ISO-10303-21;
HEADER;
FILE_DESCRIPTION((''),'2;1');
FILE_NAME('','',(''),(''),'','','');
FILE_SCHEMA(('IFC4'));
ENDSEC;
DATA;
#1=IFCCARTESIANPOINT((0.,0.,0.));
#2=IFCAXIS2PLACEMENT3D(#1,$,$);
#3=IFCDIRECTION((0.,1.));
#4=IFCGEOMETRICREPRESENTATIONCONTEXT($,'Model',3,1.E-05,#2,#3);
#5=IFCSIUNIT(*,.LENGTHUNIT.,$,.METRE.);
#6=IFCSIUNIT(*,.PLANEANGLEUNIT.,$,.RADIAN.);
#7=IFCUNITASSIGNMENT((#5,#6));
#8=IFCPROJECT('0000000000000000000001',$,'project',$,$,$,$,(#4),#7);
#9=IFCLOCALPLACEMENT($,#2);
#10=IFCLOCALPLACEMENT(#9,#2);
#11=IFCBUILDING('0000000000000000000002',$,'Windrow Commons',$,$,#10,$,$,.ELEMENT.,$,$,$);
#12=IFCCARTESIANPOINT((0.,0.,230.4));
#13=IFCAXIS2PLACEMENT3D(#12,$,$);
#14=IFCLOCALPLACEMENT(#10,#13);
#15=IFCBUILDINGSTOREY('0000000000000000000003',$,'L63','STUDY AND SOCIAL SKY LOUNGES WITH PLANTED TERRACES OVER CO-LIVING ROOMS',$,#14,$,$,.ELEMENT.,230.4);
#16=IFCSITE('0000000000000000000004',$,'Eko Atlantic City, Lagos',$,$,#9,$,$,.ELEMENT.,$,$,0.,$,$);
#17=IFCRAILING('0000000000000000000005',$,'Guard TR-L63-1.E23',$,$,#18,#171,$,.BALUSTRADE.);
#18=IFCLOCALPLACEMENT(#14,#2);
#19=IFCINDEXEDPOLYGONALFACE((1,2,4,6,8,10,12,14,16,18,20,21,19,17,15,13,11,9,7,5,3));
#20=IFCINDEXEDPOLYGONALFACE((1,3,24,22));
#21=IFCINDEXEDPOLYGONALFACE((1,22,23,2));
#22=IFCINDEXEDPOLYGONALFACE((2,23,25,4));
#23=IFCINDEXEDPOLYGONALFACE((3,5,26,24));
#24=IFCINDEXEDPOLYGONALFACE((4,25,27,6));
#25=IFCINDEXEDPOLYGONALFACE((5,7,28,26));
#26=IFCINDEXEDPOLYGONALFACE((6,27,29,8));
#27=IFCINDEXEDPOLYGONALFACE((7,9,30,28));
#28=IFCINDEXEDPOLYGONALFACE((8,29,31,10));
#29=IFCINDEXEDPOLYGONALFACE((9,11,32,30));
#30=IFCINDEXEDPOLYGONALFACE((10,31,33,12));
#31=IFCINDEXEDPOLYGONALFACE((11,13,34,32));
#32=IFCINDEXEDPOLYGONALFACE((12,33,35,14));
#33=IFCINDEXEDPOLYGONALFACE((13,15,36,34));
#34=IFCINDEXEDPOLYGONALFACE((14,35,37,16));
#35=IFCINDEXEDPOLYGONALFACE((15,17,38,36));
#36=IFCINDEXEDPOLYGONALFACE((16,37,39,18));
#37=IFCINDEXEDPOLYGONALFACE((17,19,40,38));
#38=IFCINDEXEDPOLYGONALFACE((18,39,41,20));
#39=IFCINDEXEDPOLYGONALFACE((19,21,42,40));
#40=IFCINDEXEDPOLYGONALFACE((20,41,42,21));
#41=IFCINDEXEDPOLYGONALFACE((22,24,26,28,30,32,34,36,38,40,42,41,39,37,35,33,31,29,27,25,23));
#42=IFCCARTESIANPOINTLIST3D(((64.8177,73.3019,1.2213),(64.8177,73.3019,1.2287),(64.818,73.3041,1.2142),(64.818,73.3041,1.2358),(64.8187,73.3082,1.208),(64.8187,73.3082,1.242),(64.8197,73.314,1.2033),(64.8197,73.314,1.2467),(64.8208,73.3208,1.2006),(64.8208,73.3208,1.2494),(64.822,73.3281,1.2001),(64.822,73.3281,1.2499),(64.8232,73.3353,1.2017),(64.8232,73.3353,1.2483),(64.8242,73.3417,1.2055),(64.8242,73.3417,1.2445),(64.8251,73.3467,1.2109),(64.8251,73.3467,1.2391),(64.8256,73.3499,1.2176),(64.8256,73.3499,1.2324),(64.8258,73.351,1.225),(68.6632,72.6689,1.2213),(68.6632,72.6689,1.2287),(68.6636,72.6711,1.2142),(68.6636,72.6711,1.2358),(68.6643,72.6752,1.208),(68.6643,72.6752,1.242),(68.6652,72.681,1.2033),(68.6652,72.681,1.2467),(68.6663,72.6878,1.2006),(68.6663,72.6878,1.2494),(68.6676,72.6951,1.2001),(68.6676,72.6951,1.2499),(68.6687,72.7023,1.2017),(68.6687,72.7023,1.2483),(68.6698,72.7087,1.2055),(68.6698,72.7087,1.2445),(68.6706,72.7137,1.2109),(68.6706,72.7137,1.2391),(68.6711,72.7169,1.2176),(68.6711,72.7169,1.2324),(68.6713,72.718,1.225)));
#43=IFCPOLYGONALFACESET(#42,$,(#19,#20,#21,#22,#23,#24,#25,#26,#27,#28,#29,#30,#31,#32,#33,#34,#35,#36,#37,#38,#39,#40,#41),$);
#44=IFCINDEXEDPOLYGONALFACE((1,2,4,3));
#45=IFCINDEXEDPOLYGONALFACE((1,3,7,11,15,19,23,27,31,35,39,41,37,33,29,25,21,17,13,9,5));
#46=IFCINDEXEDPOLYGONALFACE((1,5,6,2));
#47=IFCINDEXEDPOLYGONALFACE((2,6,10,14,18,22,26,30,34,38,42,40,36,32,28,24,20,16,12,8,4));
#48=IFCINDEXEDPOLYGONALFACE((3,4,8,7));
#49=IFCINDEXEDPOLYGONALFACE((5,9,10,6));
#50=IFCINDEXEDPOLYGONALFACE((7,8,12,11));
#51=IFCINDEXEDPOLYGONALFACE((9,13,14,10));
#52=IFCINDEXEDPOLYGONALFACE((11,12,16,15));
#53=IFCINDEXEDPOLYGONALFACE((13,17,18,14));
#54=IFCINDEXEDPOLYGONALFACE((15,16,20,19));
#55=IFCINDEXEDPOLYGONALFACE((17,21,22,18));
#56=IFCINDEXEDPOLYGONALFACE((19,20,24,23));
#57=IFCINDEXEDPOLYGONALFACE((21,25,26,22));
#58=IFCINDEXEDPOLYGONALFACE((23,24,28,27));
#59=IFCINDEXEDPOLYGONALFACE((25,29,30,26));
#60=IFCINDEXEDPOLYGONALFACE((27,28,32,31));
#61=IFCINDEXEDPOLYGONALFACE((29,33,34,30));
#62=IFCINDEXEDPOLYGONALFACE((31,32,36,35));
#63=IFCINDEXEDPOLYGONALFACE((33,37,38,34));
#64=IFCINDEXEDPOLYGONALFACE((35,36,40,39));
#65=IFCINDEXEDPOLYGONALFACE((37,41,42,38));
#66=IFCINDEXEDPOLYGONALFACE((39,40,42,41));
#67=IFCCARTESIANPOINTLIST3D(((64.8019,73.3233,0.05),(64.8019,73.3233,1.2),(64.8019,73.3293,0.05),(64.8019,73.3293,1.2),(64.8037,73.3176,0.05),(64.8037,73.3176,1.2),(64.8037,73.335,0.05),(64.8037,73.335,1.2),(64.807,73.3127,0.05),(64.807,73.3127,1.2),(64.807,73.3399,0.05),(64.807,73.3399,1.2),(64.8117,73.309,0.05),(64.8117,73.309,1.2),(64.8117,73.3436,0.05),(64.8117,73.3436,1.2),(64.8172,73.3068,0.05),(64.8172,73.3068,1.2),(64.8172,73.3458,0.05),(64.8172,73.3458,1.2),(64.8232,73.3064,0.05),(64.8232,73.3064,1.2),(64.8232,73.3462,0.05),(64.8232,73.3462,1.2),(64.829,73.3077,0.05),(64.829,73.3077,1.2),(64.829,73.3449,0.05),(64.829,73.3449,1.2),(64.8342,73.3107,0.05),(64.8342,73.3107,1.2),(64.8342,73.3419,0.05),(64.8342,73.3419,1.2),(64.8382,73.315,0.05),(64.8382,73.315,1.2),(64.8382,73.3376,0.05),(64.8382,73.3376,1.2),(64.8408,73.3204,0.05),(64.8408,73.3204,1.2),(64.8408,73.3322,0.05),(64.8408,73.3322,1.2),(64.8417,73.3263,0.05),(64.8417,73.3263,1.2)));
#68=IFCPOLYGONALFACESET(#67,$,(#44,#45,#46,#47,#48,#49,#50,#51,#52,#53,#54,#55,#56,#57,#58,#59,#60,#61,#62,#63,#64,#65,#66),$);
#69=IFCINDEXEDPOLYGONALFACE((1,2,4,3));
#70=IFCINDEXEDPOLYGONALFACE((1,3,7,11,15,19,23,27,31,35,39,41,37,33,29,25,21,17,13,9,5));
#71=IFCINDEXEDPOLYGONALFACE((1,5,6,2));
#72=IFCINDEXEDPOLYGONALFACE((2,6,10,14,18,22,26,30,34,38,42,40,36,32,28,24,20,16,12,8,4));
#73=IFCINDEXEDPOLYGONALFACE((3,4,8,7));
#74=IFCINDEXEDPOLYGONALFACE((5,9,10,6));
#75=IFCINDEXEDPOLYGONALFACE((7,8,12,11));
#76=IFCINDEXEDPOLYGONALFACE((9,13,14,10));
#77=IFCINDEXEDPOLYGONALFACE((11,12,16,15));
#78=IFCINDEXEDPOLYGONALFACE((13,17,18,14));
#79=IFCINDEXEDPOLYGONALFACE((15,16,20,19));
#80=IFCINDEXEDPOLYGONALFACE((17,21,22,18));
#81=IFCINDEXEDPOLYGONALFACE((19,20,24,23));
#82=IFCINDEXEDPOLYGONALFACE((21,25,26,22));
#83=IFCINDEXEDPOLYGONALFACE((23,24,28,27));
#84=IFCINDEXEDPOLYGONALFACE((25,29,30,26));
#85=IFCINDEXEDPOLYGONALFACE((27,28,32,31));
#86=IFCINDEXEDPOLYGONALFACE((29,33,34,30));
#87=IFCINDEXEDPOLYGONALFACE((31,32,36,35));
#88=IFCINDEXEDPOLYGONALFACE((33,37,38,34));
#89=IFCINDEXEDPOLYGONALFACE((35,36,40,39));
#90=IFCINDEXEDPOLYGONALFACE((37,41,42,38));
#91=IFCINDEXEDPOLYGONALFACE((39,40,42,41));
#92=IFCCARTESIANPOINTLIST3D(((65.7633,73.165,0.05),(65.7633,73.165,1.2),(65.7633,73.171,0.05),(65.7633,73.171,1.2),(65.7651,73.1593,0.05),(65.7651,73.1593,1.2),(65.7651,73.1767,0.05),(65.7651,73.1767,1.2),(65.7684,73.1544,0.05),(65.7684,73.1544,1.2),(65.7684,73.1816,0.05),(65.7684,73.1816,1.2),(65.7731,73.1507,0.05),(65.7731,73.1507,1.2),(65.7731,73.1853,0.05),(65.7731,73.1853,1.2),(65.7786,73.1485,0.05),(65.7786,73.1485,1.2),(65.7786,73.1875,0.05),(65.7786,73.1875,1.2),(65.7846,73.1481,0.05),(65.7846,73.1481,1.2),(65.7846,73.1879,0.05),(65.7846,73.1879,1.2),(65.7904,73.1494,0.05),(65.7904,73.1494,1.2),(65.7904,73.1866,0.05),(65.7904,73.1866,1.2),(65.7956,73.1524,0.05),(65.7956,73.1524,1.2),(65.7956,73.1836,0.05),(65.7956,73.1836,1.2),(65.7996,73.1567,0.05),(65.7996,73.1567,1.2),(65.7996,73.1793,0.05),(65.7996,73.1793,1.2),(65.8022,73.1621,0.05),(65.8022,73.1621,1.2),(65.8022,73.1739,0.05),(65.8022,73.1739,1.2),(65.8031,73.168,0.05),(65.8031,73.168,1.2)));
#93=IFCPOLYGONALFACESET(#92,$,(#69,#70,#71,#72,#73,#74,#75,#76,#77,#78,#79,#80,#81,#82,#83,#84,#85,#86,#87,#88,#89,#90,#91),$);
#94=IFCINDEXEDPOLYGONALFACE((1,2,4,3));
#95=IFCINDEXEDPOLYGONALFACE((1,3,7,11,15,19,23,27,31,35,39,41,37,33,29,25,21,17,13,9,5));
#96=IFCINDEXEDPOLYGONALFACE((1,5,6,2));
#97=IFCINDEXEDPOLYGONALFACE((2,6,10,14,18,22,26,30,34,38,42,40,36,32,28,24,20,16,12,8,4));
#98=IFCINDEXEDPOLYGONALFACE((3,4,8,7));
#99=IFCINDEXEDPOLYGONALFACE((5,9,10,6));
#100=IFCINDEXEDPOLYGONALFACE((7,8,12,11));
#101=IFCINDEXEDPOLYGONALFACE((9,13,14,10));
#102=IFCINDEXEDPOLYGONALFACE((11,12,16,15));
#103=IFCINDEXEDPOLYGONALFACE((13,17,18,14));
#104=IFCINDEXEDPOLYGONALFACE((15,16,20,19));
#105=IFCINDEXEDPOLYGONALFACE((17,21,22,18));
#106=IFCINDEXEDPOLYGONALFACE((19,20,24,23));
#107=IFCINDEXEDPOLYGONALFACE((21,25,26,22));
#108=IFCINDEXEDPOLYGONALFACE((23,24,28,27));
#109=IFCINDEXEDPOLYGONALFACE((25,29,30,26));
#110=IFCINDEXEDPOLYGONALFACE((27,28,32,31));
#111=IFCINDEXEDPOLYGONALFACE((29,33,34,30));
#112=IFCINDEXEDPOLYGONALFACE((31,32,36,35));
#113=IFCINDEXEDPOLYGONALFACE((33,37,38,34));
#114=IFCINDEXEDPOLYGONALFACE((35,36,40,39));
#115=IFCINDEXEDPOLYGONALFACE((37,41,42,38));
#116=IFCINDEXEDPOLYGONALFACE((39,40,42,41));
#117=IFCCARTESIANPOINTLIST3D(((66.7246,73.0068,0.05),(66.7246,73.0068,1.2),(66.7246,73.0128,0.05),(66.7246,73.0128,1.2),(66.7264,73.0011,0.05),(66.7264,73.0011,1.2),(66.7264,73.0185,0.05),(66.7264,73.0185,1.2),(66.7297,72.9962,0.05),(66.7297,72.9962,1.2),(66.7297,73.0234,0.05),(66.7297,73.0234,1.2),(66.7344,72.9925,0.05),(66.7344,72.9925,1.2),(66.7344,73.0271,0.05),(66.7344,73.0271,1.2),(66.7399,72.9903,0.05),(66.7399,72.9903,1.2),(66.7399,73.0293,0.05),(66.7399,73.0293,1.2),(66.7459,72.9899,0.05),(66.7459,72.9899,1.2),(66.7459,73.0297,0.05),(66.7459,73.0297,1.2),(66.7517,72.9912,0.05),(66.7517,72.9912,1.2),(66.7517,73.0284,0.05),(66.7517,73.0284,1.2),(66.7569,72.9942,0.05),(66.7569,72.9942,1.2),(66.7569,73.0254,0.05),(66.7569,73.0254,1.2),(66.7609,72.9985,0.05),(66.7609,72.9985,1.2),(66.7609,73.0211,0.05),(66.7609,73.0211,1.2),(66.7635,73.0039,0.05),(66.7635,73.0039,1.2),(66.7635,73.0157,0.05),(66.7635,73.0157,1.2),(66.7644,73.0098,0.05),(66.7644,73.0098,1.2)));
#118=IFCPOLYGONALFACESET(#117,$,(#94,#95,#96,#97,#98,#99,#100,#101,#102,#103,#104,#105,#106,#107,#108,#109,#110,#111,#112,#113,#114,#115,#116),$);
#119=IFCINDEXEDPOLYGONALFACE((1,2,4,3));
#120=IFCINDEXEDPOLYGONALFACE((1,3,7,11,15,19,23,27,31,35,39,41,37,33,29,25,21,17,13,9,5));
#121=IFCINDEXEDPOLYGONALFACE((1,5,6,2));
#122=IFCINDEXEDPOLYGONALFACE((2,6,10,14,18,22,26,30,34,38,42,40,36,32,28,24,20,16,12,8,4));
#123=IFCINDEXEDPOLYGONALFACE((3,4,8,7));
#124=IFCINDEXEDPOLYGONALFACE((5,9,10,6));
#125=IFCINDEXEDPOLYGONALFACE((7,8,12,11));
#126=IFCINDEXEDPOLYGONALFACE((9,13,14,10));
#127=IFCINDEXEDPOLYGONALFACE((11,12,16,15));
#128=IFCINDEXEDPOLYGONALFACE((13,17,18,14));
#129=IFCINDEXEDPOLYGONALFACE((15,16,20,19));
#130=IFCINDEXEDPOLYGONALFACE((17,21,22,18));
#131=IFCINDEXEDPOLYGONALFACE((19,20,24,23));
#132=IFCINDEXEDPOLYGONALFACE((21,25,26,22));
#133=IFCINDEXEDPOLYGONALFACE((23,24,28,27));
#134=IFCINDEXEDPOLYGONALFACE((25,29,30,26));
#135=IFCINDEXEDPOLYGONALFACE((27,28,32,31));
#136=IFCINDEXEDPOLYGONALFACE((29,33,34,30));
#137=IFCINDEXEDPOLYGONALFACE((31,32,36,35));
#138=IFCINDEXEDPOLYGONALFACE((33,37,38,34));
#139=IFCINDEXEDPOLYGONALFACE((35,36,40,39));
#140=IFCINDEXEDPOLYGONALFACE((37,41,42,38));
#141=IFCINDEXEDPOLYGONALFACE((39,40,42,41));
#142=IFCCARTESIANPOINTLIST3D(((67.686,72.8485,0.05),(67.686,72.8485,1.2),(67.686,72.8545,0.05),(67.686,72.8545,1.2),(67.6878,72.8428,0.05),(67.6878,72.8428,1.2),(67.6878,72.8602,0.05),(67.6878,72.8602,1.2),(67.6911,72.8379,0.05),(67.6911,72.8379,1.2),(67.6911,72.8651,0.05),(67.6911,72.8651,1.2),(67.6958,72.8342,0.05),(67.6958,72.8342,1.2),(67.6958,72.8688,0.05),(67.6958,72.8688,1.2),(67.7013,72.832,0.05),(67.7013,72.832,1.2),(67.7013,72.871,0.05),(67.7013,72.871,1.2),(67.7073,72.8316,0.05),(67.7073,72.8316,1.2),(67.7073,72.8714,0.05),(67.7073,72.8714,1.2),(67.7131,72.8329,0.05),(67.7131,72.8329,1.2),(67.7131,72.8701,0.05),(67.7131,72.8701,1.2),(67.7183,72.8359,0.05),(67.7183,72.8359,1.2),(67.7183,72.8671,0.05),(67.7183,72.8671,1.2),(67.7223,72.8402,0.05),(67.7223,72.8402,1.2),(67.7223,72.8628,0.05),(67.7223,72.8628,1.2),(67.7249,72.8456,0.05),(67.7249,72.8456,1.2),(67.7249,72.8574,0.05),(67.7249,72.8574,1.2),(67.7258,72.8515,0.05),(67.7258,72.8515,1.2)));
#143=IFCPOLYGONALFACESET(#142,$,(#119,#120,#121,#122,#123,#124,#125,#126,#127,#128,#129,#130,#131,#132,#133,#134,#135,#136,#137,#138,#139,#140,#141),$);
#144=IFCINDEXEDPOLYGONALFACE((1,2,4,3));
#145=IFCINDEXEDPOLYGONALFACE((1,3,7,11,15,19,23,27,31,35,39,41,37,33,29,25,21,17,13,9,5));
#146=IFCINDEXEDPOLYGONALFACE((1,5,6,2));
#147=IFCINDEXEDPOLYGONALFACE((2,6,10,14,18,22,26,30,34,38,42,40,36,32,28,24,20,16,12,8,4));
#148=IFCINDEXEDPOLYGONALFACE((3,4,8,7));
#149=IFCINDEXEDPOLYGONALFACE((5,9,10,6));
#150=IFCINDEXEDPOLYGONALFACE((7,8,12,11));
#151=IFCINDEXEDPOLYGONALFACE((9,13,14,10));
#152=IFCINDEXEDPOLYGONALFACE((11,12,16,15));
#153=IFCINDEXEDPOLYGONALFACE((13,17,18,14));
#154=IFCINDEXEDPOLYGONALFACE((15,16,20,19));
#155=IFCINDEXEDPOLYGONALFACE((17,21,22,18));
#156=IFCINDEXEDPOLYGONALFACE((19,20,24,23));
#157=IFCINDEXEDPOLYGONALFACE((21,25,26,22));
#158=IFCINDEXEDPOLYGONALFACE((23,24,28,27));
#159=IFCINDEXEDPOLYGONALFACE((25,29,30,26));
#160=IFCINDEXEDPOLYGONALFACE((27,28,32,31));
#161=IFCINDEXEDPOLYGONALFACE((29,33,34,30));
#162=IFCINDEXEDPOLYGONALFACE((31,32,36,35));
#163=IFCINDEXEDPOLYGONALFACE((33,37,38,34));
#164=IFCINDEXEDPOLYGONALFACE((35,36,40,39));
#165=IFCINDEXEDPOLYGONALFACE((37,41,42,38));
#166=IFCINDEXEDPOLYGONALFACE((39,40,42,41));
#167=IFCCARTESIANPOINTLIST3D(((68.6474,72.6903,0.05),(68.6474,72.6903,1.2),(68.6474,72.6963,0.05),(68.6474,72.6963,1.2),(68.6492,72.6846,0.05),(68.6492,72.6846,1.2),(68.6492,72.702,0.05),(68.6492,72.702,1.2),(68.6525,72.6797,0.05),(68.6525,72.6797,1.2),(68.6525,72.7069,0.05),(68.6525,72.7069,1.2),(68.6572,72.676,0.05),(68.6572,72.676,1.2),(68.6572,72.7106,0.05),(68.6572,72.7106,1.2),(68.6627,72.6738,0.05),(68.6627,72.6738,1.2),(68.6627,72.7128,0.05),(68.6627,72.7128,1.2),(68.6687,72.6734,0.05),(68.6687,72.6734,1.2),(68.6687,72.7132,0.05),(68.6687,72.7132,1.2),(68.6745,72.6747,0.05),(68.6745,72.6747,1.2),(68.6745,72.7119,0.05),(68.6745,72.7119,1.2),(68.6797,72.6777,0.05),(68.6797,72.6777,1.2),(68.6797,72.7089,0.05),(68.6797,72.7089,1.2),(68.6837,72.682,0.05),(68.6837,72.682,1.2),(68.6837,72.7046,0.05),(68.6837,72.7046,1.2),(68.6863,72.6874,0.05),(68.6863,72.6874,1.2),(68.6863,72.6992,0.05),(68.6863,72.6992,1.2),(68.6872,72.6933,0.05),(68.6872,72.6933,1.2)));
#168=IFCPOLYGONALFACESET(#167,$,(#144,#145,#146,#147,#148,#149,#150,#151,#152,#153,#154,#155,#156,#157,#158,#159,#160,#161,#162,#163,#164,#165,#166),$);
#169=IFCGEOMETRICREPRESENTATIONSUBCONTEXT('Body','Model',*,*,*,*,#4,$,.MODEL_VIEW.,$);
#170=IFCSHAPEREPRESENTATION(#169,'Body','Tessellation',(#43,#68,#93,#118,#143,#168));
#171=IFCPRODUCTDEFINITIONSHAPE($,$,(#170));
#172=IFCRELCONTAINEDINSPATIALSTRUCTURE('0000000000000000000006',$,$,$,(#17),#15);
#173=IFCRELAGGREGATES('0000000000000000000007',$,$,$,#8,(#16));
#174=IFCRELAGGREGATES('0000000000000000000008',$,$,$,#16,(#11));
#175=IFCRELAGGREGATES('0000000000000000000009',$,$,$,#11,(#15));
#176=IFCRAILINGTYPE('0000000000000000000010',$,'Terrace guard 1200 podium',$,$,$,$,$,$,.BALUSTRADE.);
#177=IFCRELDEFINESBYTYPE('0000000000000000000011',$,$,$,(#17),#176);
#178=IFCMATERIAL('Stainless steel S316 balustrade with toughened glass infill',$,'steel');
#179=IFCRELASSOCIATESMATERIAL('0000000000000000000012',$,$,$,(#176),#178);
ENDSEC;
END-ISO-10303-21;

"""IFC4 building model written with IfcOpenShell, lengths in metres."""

from ifc_helpers import new_model, si_unit, direction, frame, origin, origin_2d, place, context, subcontext, project, spatial, circle, extrude, material, type_object, element, save


model = new_model("IFC4")

# Units and contexts
model_context = context("Model", 3, precision=1e-05, world=origin(), true_north=direction((0.0, 1.0)))
body_context = subcontext(model_context, "Body", "Model", "MODEL_VIEW")
ifc_project = project(units=[si_unit("LENGTHUNIT", "METRE"), si_unit("PLANEANGLEUNIT", "RADIAN")], contexts=[model_context])

# Site, building, storey
site_placement = place(None, origin())
site = spatial("IfcSite", under=ifc_project, at=site_placement, Name="Eko Atlantic City, Lagos", CompositionType="ELEMENT", RefElevation=0.0)
building_placement = place(site_placement, origin())
building = spatial("IfcBuilding", under=site, at=building_placement, Name="Windrow Commons", CompositionType="ELEMENT")
storey_placement = place(building_placement, frame((0.0, 0.0, 230.4)))
storey = spatial("IfcBuildingStorey", under=building, at=storey_placement, Name="L63", Description="STUDY AND SOCIAL SKY LOUNGES WITH PLANTED TERRACES OVER CO-LIVING ROOMS", CompositionType="ELEMENT", Elevation=230.4)

# Railing
ifc_material_1 = material(Name="Stainless steel S316 balustrade with toughened glass infill", Category="steel")
railing_type_1 = type_object("IfcRailingType", Name="Terrace guard 1200 podium", PredefinedType="BALUSTRADE", material=ifc_material_1)
railing_1_placement = place(storey_placement, frame((64.8217, 73.3263, 0.05)))
element("IfcRailing", 1, at=railing_1_placement, inside=storey, type_object=railing_type_1, Name="Guard TR-L63-1.E23", PredefinedType="BALUSTRADE", context=body_context, shape_type="SweptSolid", body=[
    extrude(circle(Radius=0.025, at=origin_2d()), frame((0.0, 0.0, 1.175), z_axis=(0.986721, -0.162422, 0.0), x_axis=(0.162422, 0.986721, 0.0)), (0.0, 0.0, 1.0), 3.8973),
    extrude(circle(Radius=0.02, at=origin_2d()), origin(), (0.0, 0.0, 1.0), 1.15),
    extrude(circle(Radius=0.02, at=origin_2d()), frame((0.9614, -0.1583, 0.0)), (0.0, 0.0, 1.0), 1.15),
    extrude(circle(Radius=0.02, at=origin_2d()), frame((1.9227, -0.3165, 0.0)), (0.0, 0.0, 1.0), 1.15),
    extrude(circle(Radius=0.02, at=origin_2d()), frame((2.8841, -0.4748, 0.0)), (0.0, 0.0, 1.0), 1.15),
    extrude(circle(Radius=0.02, at=origin_2d()), frame((3.8455, -0.633, 0.0)), (0.0, 0.0, 1.0), 1.15),
])

save(model, "model.ifc")
